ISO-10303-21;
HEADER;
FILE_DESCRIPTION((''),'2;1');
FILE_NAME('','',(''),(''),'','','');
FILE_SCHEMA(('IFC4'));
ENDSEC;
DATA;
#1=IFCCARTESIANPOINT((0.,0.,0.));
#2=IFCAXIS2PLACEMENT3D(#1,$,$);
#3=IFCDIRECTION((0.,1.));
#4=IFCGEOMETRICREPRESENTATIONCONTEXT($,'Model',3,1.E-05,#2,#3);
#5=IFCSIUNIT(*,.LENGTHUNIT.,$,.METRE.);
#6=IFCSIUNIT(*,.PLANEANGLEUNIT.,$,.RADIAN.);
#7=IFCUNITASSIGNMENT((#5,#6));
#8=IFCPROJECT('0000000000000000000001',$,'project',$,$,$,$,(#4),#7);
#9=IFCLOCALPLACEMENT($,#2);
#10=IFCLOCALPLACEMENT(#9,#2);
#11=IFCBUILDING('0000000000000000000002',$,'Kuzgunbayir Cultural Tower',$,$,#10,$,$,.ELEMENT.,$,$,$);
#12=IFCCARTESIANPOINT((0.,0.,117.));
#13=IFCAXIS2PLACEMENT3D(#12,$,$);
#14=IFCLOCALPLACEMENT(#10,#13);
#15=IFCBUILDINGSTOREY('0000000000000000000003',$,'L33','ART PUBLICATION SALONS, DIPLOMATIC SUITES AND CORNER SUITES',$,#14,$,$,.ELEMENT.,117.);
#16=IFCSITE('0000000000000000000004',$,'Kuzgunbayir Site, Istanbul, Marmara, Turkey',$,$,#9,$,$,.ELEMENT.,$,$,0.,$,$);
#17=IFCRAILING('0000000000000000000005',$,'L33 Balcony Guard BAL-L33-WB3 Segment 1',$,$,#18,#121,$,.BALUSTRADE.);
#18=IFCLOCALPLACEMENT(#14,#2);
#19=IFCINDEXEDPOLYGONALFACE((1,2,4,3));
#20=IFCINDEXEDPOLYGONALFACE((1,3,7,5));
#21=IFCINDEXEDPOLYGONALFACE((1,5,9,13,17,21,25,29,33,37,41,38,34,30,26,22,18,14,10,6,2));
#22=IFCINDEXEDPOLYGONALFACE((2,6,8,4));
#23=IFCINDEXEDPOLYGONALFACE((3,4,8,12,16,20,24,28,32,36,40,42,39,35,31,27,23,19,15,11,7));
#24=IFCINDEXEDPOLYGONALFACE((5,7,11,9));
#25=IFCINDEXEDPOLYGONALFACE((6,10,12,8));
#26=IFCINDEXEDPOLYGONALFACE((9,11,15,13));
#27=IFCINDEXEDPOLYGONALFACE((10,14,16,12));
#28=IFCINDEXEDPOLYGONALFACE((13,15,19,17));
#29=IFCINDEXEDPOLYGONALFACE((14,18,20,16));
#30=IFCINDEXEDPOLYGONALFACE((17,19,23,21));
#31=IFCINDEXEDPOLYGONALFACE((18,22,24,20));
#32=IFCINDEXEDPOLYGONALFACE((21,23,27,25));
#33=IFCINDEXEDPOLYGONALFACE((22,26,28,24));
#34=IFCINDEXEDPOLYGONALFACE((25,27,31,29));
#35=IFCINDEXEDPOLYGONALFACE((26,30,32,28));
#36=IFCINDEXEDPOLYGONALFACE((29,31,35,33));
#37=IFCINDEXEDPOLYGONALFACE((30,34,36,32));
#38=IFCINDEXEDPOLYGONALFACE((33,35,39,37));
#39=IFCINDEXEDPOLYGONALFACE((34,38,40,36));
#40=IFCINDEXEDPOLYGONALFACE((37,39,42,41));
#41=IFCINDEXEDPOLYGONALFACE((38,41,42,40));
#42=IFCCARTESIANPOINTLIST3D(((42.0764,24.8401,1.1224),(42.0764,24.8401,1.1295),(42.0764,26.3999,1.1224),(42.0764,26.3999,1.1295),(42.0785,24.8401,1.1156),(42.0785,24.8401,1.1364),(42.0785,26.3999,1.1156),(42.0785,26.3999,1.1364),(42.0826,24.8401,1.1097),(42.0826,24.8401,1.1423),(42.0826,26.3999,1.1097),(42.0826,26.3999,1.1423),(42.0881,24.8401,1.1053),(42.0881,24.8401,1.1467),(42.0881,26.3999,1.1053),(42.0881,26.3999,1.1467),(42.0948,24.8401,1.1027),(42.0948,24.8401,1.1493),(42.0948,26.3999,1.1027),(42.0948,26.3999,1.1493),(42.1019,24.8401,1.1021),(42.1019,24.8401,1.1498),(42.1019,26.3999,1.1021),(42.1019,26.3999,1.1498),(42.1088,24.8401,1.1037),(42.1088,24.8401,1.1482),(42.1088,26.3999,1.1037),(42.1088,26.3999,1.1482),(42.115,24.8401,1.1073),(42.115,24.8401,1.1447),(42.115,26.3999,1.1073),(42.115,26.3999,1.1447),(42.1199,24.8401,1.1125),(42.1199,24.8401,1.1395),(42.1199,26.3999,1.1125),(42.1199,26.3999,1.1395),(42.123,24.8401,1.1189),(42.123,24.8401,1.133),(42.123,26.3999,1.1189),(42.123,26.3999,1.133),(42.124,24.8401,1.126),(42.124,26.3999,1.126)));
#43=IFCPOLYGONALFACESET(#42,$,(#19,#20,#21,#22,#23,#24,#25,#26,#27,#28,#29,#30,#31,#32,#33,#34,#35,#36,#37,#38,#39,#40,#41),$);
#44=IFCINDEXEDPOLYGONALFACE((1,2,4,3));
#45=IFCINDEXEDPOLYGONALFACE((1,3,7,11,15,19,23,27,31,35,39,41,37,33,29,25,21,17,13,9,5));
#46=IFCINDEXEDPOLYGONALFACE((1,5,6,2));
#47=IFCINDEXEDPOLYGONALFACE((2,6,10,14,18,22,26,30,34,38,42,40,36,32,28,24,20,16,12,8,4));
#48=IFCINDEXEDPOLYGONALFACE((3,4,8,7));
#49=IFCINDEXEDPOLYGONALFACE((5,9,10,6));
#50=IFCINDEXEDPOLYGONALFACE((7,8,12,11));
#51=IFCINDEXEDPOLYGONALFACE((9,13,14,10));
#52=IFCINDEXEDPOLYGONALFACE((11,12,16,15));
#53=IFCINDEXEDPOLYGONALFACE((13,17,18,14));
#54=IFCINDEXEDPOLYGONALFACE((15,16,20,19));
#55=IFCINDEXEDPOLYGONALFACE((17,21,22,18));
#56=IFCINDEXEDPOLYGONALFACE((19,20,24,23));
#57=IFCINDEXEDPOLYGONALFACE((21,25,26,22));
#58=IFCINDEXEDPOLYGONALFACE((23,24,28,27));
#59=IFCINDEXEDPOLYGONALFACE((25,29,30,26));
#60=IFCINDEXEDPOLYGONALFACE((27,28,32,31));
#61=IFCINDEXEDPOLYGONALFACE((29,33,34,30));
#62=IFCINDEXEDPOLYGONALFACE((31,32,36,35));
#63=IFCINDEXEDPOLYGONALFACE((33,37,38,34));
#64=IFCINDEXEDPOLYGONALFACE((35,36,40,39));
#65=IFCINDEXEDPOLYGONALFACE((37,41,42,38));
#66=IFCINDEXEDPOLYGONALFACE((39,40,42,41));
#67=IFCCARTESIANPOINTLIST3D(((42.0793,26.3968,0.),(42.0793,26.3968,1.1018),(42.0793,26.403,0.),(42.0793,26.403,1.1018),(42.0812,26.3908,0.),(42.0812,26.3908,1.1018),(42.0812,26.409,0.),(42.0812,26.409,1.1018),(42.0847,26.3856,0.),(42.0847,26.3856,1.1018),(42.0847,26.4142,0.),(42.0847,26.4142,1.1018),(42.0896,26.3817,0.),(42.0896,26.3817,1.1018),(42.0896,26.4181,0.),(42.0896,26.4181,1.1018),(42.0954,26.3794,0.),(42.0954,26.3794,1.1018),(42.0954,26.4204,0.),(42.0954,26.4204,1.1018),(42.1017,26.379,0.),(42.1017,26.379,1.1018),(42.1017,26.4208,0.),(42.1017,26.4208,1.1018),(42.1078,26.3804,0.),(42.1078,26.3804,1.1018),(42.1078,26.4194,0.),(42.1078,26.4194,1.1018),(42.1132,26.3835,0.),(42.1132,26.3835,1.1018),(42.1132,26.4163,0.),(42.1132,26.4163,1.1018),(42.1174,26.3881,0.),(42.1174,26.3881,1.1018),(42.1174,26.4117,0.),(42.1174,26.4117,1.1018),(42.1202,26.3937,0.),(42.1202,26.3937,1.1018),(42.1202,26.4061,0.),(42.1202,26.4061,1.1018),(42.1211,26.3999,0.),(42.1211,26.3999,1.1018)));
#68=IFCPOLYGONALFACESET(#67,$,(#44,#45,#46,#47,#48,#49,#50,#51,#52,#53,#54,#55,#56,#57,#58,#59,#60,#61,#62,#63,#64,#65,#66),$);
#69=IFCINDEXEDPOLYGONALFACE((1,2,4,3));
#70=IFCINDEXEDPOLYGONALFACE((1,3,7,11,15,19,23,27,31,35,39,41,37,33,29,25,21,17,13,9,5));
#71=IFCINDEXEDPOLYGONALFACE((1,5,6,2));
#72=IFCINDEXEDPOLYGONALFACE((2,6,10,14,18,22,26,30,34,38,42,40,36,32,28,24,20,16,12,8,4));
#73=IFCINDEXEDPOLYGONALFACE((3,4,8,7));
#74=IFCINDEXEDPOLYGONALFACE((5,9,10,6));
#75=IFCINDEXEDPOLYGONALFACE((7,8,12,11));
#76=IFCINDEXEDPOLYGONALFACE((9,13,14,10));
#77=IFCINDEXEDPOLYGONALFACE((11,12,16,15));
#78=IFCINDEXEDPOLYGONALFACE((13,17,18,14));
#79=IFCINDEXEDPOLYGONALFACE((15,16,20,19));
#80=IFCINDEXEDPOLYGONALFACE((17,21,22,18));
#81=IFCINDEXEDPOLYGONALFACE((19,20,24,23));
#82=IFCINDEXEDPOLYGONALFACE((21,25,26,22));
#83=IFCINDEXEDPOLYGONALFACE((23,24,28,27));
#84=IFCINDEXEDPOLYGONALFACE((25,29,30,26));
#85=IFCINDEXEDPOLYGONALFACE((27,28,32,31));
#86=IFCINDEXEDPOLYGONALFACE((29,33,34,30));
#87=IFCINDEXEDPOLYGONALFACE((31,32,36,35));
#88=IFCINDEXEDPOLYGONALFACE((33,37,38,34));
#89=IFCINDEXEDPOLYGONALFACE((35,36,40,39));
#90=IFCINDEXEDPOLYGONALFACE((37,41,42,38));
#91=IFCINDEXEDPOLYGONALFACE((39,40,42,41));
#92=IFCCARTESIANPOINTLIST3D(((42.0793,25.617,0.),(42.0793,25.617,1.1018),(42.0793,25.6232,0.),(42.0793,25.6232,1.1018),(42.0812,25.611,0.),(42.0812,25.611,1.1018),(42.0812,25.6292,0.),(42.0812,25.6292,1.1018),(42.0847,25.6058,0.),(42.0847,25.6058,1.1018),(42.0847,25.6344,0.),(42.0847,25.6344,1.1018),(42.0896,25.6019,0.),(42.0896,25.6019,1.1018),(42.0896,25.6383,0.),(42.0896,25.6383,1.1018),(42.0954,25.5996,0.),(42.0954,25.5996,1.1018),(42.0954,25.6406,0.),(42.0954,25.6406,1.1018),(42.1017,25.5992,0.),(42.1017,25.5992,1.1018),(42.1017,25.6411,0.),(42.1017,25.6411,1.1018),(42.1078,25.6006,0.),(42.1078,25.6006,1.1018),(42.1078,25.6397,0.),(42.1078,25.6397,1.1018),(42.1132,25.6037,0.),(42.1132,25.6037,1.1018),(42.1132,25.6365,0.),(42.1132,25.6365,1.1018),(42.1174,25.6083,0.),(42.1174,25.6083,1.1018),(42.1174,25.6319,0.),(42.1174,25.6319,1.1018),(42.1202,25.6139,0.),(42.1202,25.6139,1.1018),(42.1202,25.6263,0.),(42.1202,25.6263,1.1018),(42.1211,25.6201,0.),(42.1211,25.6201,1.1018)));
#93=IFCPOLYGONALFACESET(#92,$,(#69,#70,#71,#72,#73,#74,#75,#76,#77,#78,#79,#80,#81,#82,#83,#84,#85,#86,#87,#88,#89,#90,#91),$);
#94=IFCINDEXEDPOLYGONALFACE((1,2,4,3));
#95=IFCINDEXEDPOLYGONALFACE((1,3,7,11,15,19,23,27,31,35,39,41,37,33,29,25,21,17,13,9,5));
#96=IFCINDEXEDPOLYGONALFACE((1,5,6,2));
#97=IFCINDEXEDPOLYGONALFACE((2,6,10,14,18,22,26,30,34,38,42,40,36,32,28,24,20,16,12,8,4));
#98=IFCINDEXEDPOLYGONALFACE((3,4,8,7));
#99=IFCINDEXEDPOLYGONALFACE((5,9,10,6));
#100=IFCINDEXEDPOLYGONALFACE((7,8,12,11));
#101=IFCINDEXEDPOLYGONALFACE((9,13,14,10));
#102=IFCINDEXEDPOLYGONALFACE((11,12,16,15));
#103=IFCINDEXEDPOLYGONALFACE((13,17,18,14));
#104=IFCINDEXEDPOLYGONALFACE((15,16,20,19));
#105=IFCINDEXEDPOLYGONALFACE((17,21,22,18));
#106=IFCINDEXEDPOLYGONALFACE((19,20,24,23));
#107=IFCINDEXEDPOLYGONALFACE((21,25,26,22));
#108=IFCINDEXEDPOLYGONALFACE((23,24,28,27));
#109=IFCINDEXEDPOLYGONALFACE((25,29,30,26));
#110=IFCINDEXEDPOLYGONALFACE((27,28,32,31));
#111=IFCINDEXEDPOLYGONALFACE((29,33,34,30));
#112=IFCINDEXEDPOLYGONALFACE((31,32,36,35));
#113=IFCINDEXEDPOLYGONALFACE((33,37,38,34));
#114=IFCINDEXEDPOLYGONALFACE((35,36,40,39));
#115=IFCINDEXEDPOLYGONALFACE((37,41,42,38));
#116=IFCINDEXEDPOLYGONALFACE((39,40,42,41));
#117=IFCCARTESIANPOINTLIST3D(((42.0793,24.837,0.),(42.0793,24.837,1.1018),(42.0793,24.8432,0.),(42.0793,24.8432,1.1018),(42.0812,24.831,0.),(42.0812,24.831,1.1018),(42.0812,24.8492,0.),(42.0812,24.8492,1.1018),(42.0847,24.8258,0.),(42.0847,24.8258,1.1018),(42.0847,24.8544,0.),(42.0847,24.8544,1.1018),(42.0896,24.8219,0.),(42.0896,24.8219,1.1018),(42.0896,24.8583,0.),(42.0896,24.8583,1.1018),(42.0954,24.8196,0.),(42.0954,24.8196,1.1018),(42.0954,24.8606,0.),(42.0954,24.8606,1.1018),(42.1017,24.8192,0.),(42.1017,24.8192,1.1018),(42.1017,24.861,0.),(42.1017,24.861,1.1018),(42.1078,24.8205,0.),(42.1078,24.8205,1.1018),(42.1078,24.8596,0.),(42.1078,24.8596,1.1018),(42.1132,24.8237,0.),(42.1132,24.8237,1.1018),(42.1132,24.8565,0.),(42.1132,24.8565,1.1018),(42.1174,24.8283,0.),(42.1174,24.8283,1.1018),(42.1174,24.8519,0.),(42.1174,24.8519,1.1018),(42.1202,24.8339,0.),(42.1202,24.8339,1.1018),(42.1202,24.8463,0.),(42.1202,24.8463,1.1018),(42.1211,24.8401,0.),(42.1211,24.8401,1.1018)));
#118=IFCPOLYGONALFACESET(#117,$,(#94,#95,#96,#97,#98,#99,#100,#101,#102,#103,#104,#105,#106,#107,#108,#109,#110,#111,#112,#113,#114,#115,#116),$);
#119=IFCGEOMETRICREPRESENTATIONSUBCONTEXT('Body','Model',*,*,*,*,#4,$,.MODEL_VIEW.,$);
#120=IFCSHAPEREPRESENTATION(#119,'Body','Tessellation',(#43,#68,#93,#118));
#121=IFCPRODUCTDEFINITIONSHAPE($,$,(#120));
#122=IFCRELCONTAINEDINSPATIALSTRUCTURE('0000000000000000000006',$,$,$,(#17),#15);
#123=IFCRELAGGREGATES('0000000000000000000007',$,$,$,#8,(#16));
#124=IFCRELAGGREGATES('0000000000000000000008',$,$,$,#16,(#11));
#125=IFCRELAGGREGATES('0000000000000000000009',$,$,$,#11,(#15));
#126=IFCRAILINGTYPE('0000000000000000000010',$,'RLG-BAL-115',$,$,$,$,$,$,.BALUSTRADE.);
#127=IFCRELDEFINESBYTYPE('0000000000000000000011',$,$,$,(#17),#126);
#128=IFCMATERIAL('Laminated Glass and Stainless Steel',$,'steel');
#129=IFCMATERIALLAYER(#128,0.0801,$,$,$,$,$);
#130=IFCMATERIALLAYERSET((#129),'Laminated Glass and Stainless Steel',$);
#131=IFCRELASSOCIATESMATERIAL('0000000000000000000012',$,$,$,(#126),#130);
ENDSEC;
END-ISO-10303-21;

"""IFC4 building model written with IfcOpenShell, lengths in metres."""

from ifc_helpers import new_model, si_unit, direction, frame, origin, origin_2d, place, context, subcontext, project, spatial, circle, extrude, material, layer, layer_set, type_object, element, save


model = new_model("IFC4")

# Units and contexts
model_context = context("Model", 3, precision=1e-05, world=origin(), true_north=direction((0.0, 1.0)))
body_context = subcontext(model_context, "Body", "Model", "MODEL_VIEW")
ifc_project = project(units=[si_unit("LENGTHUNIT", "METRE"), si_unit("PLANEANGLEUNIT", "RADIAN")], contexts=[model_context])

# Site, building, storey
site_placement = place(None, origin())
site = spatial("IfcSite", under=ifc_project, at=site_placement, Name="Kuzgunbayir Site, Istanbul, Marmara, Turkey", CompositionType="ELEMENT", RefElevation=0.0)
building_placement = place(site_placement, origin())
building = spatial("IfcBuilding", under=site, at=building_placement, Name="Kuzgunbayir Cultural Tower", CompositionType="ELEMENT")
storey_placement = place(building_placement, frame((0.0, 0.0, 117.0)))
storey = spatial("IfcBuildingStorey", under=building, at=storey_placement, Name="L33", Description="ART PUBLICATION SALONS, DIPLOMATIC SUITES AND CORNER SUITES", CompositionType="ELEMENT", Elevation=117.0)

# Railing
ifc_material_1 = material(Name="Laminated Glass and Stainless Steel", Category="steel")
ifc_layer_1 = layer(ifc_material_1, 0.0801)
ifc_layer_set_1 = layer_set([ifc_layer_1], Name="Laminated Glass and Stainless Steel")
railing_type = type_object("IfcRailingType", Name="RLG-BAL-115", PredefinedType="BALUSTRADE", material=ifc_layer_set_1)
railing_1_placement = place(storey_placement, frame((42.1001, 26.3999, 0.0)))
element("IfcRailing", 1, at=railing_1_placement, inside=storey, type_object=railing_type, Name="L33 Balcony Guard BAL-L33-WB3 Segment 1", PredefinedType="BALUSTRADE", context=body_context, shape_type="SweptSolid", body=[
    extrude(circle(Radius=0.0239, at=origin_2d()), frame((0.0, 0.0, 1.126), z_axis=(0.0, -1.0, 0.0), x_axis=(1.0, 0.0, 0.0)), (0.0, 0.0, 1.0), 1.5598),
    extrude(circle(Radius=0.021, at=origin_2d()), origin(), (0.0, 0.0, 1.0), 1.1018),
    extrude(circle(Radius=0.021, at=origin_2d()), frame((0.0, -0.7798, 0.0)), (0.0, 0.0, 1.0), 1.1018),
    extrude(circle(Radius=0.021, at=origin_2d()), frame((0.0, -1.5598, 0.0)), (0.0, 0.0, 1.0), 1.1018),
])

save(model, "model.ifc")
